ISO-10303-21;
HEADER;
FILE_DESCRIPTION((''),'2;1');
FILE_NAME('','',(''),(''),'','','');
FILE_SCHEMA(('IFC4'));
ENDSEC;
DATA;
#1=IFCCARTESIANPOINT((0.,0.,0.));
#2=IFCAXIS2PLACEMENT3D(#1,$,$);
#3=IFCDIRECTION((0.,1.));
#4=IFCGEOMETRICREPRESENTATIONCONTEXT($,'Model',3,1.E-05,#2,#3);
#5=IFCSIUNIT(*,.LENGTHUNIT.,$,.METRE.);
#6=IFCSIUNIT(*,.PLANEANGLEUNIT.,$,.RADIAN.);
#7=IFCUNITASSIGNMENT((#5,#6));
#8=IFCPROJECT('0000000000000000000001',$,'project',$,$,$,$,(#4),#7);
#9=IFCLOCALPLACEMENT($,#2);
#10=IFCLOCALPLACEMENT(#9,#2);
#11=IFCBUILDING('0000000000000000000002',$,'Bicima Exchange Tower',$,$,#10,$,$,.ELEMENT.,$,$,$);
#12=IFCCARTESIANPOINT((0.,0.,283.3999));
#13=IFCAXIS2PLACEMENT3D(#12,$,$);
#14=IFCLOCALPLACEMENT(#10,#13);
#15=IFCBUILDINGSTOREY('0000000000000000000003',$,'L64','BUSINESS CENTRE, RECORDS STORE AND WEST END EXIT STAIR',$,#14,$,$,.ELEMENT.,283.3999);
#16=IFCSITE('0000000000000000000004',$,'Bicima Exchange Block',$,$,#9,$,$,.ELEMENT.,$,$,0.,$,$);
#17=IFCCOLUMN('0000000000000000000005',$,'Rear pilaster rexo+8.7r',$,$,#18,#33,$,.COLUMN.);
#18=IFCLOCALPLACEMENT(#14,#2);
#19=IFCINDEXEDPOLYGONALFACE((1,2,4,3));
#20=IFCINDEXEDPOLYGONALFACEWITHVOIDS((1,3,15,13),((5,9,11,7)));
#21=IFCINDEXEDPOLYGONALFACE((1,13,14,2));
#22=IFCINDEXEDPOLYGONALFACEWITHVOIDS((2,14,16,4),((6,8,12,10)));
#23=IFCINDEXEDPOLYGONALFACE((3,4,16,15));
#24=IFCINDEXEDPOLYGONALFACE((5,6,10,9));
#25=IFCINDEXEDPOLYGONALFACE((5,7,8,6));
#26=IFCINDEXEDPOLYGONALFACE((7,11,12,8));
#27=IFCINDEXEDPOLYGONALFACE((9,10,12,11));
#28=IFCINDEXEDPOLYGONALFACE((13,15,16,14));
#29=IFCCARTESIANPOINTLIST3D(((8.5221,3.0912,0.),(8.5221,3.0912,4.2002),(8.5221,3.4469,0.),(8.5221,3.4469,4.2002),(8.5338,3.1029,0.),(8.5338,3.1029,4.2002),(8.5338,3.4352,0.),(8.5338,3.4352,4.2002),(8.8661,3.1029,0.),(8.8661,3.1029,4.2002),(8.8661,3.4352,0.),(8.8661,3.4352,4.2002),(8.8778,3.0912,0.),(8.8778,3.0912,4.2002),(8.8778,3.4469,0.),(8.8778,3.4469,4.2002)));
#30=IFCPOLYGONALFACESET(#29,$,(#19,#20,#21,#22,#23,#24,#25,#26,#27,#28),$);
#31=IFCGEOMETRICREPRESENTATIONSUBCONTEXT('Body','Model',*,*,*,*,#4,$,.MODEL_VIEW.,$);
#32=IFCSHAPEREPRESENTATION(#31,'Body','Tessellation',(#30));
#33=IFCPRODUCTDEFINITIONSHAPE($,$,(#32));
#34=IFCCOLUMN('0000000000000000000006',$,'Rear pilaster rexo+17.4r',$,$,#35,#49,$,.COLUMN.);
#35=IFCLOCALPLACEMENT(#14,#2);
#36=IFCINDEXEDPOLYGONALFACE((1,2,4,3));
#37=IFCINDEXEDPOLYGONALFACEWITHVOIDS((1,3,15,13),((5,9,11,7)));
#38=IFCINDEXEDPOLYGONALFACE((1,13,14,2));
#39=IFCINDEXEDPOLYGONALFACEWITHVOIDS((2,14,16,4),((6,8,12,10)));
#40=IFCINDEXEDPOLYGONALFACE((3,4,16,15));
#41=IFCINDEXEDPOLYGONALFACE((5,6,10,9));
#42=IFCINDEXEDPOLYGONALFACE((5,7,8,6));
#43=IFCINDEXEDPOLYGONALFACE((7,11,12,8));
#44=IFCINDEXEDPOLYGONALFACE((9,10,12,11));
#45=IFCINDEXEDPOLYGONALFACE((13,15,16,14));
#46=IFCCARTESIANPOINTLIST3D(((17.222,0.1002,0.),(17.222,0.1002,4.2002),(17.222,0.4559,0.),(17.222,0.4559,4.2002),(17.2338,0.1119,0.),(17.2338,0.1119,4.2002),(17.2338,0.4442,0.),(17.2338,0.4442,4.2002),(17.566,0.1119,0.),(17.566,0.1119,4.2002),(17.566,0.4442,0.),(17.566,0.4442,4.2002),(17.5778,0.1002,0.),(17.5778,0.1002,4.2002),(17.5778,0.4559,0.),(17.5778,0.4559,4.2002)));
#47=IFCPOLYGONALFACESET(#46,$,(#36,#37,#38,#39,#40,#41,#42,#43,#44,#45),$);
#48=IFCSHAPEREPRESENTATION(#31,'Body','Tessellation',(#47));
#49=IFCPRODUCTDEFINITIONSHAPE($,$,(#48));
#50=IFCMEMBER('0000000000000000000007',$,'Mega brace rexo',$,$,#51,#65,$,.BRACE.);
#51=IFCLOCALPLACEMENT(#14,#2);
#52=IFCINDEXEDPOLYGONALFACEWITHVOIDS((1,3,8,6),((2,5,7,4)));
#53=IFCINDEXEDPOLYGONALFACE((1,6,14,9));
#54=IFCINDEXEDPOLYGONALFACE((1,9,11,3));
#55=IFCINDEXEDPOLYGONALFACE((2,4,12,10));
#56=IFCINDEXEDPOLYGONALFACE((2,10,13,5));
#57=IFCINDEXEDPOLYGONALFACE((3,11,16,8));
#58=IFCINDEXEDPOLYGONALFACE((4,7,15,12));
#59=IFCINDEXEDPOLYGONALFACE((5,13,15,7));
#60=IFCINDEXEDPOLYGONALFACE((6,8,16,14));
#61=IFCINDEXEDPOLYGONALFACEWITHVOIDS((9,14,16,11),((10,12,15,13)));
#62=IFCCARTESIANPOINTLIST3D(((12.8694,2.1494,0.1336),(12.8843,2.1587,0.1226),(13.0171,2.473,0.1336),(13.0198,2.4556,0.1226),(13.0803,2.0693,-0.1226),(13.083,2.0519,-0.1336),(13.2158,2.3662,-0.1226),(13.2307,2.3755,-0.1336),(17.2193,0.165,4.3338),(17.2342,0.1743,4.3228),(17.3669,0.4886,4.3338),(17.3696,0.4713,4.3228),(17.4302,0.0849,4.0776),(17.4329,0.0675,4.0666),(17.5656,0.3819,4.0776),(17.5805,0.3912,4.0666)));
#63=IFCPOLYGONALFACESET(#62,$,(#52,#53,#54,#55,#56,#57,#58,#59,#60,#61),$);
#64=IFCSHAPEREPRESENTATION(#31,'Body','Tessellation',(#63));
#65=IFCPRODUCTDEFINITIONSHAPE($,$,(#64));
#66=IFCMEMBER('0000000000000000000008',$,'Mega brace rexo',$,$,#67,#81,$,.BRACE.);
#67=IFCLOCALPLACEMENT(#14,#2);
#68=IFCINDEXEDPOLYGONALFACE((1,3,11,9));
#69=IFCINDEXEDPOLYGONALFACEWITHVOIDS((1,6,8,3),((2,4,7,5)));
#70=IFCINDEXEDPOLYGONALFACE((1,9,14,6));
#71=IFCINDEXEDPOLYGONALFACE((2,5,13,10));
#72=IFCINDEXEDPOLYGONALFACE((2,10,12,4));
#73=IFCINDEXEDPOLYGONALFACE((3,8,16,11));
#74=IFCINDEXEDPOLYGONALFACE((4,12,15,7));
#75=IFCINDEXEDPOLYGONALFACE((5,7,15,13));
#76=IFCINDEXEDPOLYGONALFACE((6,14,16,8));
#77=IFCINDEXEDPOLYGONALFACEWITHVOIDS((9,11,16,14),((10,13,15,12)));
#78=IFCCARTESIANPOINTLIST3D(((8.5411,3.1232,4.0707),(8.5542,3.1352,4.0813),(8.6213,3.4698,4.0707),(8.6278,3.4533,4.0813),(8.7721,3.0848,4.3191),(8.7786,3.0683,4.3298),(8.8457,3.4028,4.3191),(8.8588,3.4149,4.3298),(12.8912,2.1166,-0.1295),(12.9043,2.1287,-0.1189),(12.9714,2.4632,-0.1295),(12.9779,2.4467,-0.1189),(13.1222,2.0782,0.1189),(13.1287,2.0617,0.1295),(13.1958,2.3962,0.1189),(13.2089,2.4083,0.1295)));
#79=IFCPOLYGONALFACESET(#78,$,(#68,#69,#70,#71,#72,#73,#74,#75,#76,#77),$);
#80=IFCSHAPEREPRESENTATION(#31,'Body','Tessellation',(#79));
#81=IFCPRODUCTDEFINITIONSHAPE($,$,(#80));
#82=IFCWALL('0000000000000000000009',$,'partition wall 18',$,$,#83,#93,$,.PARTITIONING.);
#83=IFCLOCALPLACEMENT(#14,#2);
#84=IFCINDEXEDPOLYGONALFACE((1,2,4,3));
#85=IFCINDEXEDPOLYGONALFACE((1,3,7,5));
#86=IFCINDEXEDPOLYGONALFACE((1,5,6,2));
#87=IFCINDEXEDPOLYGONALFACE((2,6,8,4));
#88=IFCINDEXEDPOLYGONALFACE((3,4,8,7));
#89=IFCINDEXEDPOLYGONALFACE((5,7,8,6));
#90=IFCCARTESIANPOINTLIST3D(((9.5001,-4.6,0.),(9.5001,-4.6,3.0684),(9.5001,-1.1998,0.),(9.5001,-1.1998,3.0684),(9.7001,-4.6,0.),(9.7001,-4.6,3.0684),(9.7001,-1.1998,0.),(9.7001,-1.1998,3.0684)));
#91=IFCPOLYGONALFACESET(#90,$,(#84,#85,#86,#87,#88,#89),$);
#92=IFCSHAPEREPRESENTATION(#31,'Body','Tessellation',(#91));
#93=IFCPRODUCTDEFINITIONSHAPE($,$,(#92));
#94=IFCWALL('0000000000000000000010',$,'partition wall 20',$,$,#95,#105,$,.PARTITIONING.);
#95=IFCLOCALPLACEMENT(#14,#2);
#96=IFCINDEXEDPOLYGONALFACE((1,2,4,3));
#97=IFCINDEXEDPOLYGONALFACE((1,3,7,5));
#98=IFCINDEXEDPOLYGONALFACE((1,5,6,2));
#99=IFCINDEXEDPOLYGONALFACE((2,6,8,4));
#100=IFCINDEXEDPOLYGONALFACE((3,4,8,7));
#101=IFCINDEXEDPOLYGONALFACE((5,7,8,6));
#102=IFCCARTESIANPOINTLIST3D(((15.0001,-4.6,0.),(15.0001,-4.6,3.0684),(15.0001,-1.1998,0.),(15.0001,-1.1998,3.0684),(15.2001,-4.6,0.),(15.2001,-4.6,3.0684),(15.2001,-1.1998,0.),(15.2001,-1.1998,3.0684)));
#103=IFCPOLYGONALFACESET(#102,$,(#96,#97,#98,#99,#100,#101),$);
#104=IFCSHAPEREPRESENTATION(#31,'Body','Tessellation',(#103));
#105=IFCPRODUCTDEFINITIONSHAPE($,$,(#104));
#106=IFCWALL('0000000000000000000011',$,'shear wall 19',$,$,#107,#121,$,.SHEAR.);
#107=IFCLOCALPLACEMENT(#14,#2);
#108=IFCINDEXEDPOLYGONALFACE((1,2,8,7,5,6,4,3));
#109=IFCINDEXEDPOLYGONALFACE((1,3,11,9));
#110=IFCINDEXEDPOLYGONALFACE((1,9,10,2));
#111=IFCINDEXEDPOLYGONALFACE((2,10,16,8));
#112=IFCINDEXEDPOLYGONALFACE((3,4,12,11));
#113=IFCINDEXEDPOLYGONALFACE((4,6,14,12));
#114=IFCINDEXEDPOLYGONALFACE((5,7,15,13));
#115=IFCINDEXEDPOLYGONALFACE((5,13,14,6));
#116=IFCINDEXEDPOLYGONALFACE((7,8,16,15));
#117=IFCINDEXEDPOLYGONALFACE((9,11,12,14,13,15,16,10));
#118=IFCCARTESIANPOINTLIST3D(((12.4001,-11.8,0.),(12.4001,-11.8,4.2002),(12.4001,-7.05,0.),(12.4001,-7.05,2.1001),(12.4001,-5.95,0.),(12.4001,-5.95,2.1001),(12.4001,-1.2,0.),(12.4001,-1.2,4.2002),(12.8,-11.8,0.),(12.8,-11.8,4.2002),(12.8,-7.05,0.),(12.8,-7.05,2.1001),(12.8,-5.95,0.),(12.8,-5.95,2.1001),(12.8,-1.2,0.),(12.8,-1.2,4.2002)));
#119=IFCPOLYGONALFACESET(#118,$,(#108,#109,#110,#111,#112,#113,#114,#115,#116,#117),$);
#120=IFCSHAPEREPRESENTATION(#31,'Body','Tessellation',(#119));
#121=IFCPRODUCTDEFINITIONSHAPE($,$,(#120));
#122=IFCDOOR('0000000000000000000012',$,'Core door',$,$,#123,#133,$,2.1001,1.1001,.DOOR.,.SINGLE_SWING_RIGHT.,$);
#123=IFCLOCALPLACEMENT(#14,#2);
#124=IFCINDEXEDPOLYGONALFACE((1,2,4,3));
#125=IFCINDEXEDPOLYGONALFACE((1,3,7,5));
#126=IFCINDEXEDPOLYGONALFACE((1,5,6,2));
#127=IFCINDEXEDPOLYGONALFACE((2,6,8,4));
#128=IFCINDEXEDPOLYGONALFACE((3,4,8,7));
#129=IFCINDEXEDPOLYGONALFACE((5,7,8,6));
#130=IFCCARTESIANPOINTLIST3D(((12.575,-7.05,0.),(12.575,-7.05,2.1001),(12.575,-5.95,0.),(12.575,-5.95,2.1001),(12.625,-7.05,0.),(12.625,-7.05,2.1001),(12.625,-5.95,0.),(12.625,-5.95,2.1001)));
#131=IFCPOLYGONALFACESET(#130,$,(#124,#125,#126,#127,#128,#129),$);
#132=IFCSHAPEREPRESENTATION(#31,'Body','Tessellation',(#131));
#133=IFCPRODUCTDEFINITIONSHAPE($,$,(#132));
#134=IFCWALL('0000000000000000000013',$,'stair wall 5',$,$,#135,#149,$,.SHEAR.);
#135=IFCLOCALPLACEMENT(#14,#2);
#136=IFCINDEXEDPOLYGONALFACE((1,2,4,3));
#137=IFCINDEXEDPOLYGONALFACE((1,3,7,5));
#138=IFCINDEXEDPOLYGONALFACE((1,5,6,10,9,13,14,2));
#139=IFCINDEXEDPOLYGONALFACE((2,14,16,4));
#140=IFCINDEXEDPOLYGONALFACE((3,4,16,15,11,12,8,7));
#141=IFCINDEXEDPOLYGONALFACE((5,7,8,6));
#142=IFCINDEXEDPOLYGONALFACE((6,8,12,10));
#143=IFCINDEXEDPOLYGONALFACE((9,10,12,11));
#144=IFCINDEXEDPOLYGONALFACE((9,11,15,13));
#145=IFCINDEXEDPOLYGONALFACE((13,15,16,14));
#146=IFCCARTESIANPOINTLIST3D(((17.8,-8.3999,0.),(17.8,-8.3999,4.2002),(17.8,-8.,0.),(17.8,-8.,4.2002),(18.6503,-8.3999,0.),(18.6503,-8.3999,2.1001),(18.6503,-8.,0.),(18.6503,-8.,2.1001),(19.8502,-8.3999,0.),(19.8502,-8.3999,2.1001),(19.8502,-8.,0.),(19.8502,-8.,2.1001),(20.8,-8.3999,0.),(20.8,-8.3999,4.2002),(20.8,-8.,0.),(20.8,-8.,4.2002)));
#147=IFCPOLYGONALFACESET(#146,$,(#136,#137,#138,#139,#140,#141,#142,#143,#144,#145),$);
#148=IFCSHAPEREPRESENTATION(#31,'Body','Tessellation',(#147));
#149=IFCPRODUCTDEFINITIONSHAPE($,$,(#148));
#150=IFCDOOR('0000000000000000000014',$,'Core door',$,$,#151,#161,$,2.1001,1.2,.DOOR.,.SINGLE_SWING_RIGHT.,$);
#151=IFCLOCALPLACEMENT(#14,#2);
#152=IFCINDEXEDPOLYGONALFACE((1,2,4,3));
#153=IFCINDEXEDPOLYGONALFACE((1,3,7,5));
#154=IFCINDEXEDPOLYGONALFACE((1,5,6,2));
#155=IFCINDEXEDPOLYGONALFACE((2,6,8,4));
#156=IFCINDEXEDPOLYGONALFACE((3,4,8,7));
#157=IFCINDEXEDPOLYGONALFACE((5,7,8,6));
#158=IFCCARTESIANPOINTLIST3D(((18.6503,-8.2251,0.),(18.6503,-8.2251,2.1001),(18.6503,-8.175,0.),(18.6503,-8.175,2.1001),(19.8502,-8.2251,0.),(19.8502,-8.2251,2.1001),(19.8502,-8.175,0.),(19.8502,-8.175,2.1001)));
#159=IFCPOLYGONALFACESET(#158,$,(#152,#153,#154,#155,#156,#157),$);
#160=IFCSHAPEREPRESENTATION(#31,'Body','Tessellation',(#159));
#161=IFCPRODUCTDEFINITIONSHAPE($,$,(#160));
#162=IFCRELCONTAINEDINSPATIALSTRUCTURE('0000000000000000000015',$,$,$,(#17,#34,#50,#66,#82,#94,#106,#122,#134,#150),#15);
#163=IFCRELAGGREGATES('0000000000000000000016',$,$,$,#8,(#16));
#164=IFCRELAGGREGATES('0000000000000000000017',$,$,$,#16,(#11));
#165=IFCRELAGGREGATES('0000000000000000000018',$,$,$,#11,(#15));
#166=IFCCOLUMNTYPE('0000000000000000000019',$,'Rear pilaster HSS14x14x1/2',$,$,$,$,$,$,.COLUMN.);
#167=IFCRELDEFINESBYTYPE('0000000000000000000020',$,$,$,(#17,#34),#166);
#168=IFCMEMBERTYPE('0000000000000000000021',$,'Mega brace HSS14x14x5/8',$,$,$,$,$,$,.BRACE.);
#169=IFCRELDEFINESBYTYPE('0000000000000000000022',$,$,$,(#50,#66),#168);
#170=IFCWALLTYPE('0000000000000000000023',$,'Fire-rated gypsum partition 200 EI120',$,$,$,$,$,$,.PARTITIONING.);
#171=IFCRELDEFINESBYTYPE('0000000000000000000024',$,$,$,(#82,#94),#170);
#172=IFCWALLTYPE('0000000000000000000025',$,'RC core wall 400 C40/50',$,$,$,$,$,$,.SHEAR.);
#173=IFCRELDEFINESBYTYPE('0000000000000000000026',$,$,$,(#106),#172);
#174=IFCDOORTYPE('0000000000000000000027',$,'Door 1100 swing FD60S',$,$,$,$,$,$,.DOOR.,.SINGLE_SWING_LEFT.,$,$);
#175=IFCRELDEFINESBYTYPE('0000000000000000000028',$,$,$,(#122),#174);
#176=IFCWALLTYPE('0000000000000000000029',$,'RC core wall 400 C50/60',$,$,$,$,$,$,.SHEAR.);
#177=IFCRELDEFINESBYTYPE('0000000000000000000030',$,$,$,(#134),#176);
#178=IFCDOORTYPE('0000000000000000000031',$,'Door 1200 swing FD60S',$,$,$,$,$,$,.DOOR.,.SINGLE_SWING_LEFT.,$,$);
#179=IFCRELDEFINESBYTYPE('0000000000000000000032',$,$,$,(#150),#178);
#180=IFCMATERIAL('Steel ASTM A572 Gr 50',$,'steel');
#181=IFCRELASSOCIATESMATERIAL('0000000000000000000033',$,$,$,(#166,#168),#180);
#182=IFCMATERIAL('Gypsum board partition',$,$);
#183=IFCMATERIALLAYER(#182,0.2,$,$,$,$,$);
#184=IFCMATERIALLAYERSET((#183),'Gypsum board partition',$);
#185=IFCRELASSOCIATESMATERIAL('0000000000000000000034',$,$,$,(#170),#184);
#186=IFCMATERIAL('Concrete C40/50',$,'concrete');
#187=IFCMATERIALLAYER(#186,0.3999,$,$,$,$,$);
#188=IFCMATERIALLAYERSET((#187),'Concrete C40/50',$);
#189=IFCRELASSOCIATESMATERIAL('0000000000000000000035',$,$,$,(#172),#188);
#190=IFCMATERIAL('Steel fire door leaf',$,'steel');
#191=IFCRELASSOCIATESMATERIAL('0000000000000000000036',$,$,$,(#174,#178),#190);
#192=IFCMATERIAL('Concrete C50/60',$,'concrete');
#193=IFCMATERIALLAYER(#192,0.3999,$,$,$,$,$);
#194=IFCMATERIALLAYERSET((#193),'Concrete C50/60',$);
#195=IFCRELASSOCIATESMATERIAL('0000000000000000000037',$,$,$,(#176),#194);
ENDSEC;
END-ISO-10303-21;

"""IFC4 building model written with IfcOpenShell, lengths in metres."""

from ifc_helpers import new_model, si_unit, direction, frame, frame_2d, origin, origin_2d, place, context, subcontext, project, spatial, rectangle, hollow_rectangle, extrude, material, layer, layer_set, material_profile, profile_set, type_object, element, fill, save


model = new_model("IFC4")

# Units and contexts
model_context = context("Model", 3, precision=1e-05, world=origin(), true_north=direction((0.0, 1.0)))
body_context = subcontext(model_context, "Body", "Model", "MODEL_VIEW")
ifc_project = project(units=[si_unit("LENGTHUNIT", "METRE"), si_unit("PLANEANGLEUNIT", "RADIAN")], contexts=[model_context])

# Site, building, storey
site_placement = place(None, origin())
site = spatial("IfcSite", under=ifc_project, at=site_placement, Name="Bicima Exchange Block", CompositionType="ELEMENT", RefElevation=0.0)
building_placement = place(site_placement, origin())
building = spatial("IfcBuilding", under=site, at=building_placement, Name="Bicima Exchange Tower", CompositionType="ELEMENT")
storey_placement = place(building_placement, frame((0.0, 0.0, 283.3999)))
storey = spatial("IfcBuildingStorey", under=building, at=storey_placement, Name="L64", Description="BUSINESS CENTRE, RECORDS STORE AND WEST END EXIT STAIR", CompositionType="ELEMENT", Elevation=283.3999)

# Columns
ifc_material_1 = material(Name="Steel ASTM A572 Gr 50", Category="steel")
ifc_material_profile_1 = material_profile(ifc_material_1, hollow_rectangle(XDim=0.3557, YDim=0.3557, WallThickness=0.0117, at=origin_2d()))
ifc_profile_set_1 = profile_set([ifc_material_profile_1], Name="Steel ASTM A572 Gr 50")
column_type = type_object("IfcColumnType", Name="Rear pilaster HSS14x14x1/2", PredefinedType="COLUMN", material=ifc_profile_set_1)
for number, where, z_axis, x_axis, name in (
    (1, (8.7, 3.269, 0.0), (0.0, 0.0, 1.0), (1.0, 0.0, 0.0), "Rear pilaster rexo+8.7r"),
    (2, (17.3999, 0.2781, 0.0), (0.0, 0.0, 1.0), (1.0, 0.0, 0.0), "Rear pilaster rexo+17.4r"),
):
    element("IfcColumn", number, at=place(storey_placement, frame(where, z_axis=z_axis, x_axis=x_axis)), inside=storey, type_object=column_type, Name=name, PredefinedType="COLUMN", context=body_context, shape_type="SweptSolid", body=[
        extrude(hollow_rectangle(XDim=0.3557, YDim=0.3557, WallThickness=0.0117, at=origin_2d()), origin(), (0.0, 0.0, 1.0), 4.2002),
    ])

# Members
ifc_material_profile_2 = material_profile(ifc_material_1, hollow_rectangle(XDim=0.3557, YDim=0.3557, WallThickness=0.0146, at=origin_2d()))
ifc_profile_set_2 = profile_set([ifc_material_profile_2], Name="Steel ASTM A572 Gr 50")
member_type = type_object("IfcMemberType", Name="Mega brace HSS14x14x5/8", PredefinedType="BRACE", material=ifc_profile_set_2)
member_1_placement = place(storey_placement, frame((13.05, 2.2625, 0.0), z_axis=(0.683508, -0.311812, 0.659992), x_axis=(0.415045, 0.909801, 0.0)))
element("IfcMember", 3, at=member_1_placement, inside=storey, type_object=member_type, Name="Mega brace rexo", PredefinedType="BRACE", context=body_context, shape_type="SweptSolid", body=[
    extrude(hollow_rectangle(XDim=0.3557, YDim=0.3557, WallThickness=0.0146, at=origin_2d()), origin(), (0.0, 0.0, 1.0), 6.364),
])
member_2_placement = place(storey_placement, frame((13.05, 2.2625, 0.0), z_axis=(-0.709628, 0.164205, 0.685175), x_axis=(-0.225439, -0.974257, 0.0)))
element("IfcMember", 4, at=member_2_placement, inside=storey, type_object=member_type, Name="Mega brace rexo", PredefinedType="BRACE", context=body_context, shape_type="SweptSolid", body=[
    extrude(hollow_rectangle(XDim=0.3557, YDim=0.3557, WallThickness=0.0146, at=origin_2d()), origin(), (0.0, 0.0, 1.0), 6.1301),
])

# Walls
ifc_material_2 = material(Name="Gypsum board partition")
ifc_layer_1 = layer(ifc_material_2, 0.2)
ifc_layer_set_1 = layer_set([ifc_layer_1], Name="Gypsum board partition")
wall_type_1 = type_object("IfcWallType", Name="Fire-rated gypsum partition 200 EI120", PredefinedType="PARTITIONING", material=ifc_layer_set_1)
for number, where, z_axis, x_axis, name in (
    (5, (9.6001, -4.6001, 0.0), (0.0, 0.0, 1.0), (0.0, 1.0, 0.0), "partition wall 18"),
    (6, (15.1001, -4.6001, 0.0), (0.0, 0.0, 1.0), (0.0, 1.0, 0.0), "partition wall 20"),
):
    element("IfcWall", number, at=place(storey_placement, frame(where, z_axis=z_axis, x_axis=x_axis)), inside=storey, type_object=wall_type_1, Name=name, PredefinedType="PARTITIONING", context=body_context, shape_type="SweptSolid", body=[
        extrude(rectangle(XDim=3.4001, YDim=0.2, at=frame_2d((1.7002, 0.0))), origin(), (0.0, 0.0, 1.0), 3.0684),
    ])

# Walls, openings, doors
ifc_material_3 = material(Name="Concrete C40/50", Category="concrete")
ifc_layer_2 = layer(ifc_material_3, 0.3999)
ifc_layer_set_2 = layer_set([ifc_layer_2], Name="Concrete C40/50")
wall_type_2 = type_object("IfcWallType", Name="RC core wall 400 C40/50", PredefinedType="SHEAR", material=ifc_layer_set_2)
wall_1_placement = place(storey_placement, frame((12.6001, -11.8, 0.0), z_axis=(0.0, 0.0, 1.0), x_axis=(0.0, 1.0, 0.0)))
wall_1 = element("IfcWall", 7, at=wall_1_placement, inside=storey, type_object=wall_type_2, Name="shear wall 19", PredefinedType="SHEAR", context=body_context, shape_type="SweptSolid", body=[
    extrude(rectangle(XDim=10.6001, YDim=0.3999, at=frame_2d((5.3, 0.0))), origin(), (0.0, 0.0, 1.0), 4.2002),
])
opening_1_placement = place(wall_1_placement, frame((4.75, 0.0, 0.0)))
opening_1 = element("IfcOpeningElement", 8, at=opening_1_placement, cuts=wall_1, PredefinedType="OPENING", context=body_context, shape_type="SweptSolid", body=[
    extrude(rectangle(XDim=1.1001, YDim=2.1001, at=frame_2d((0.55, 1.05))), frame((0.0, 0.2119, 0.0), z_axis=(0.0, -1.0, 0.0), x_axis=(1.0, 0.0, 0.0)), (0.0, 0.0, 1.0), 0.4238),
])
ifc_material_4 = material(Name="Steel fire door leaf", Category="steel")
door_type_1 = type_object("IfcDoorType", Name="Door 1100 swing FD60S", OperationType="SINGLE_SWING_LEFT", PredefinedType="DOOR", material=ifc_material_4)
door_1_placement = place(opening_1_placement, frame((1.1001, 0.0, 0.0), z_axis=(0.0, 0.0, 1.0), x_axis=(-1.0, 0.0, 0.0)))
door_1 = element("IfcDoor", 9, at=door_1_placement, inside=storey, type_object=door_type_1, Name="Core door", OperationType="SINGLE_SWING_RIGHT", OverallHeight=2.1001, OverallWidth=1.1001, PredefinedType="DOOR", context=body_context, shape_type="SweptSolid", body=[
    extrude(rectangle(XDim=1.1001, YDim=2.1001, at=frame_2d((0.55, 1.05))), frame((0.0, 0.0249, 0.0), z_axis=(0.0, -1.0, 0.0), x_axis=(1.0, 0.0, 0.0)), (0.0, 0.0, 1.0), 0.05),
])
fill(opening_1, door_1)
ifc_material_5 = material(Name="Concrete C50/60", Category="concrete")
ifc_layer_3 = layer(ifc_material_5, 0.3999)
ifc_layer_set_3 = layer_set([ifc_layer_3], Name="Concrete C50/60")
wall_type_3 = type_object("IfcWallType", Name="RC core wall 400 C50/60", PredefinedType="SHEAR", material=ifc_layer_set_3)
wall_2_placement = place(storey_placement, frame((17.8, -8.2, 0.0), z_axis=(0.0, 0.0, 1.0), x_axis=(1.0, 0.0, 0.0)))
wall_2 = element("IfcWall", 10, at=wall_2_placement, inside=storey, type_object=wall_type_3, Name="stair wall 5", PredefinedType="SHEAR", context=body_context, shape_type="SweptSolid", body=[
    extrude(rectangle(XDim=3.0, YDim=0.3999, at=frame_2d((1.5, 0.0))), origin(), (0.0, 0.0, 1.0), 4.2002),
])
opening_2_placement = place(wall_2_placement, frame((0.8501, 0.0, 0.0)))
opening_2 = element("IfcOpeningElement", 11, at=opening_2_placement, cuts=wall_2, PredefinedType="OPENING", context=body_context, shape_type="SweptSolid", body=[
    extrude(rectangle(XDim=1.2, YDim=2.1001, at=frame_2d((0.6001, 1.05))), frame((0.0, 0.2119, 0.0), z_axis=(0.0, -1.0, 0.0), x_axis=(1.0, 0.0, 0.0)), (0.0, 0.0, 1.0), 0.4238),
])
door_type_2 = type_object("IfcDoorType", Name="Door 1200 swing FD60S", OperationType="SINGLE_SWING_LEFT", PredefinedType="DOOR", material=ifc_material_4)
door_2_placement = place(opening_2_placement, origin())
door_2 = element("IfcDoor", 12, at=door_2_placement, inside=storey, type_object=door_type_2, Name="Core door", OperationType="SINGLE_SWING_RIGHT", OverallHeight=2.1001, OverallWidth=1.2, PredefinedType="DOOR", context=body_context, shape_type="SweptSolid", body=[
    extrude(rectangle(XDim=1.2, YDim=2.1001, at=frame_2d((0.6001, 1.05))), frame((0.0, 0.0249, 0.0), z_axis=(0.0, -1.0, 0.0), x_axis=(1.0, 0.0, 0.0)), (0.0, 0.0, 1.0), 0.05),
])
fill(opening_2, door_2)

save(model, "model.ifc")
